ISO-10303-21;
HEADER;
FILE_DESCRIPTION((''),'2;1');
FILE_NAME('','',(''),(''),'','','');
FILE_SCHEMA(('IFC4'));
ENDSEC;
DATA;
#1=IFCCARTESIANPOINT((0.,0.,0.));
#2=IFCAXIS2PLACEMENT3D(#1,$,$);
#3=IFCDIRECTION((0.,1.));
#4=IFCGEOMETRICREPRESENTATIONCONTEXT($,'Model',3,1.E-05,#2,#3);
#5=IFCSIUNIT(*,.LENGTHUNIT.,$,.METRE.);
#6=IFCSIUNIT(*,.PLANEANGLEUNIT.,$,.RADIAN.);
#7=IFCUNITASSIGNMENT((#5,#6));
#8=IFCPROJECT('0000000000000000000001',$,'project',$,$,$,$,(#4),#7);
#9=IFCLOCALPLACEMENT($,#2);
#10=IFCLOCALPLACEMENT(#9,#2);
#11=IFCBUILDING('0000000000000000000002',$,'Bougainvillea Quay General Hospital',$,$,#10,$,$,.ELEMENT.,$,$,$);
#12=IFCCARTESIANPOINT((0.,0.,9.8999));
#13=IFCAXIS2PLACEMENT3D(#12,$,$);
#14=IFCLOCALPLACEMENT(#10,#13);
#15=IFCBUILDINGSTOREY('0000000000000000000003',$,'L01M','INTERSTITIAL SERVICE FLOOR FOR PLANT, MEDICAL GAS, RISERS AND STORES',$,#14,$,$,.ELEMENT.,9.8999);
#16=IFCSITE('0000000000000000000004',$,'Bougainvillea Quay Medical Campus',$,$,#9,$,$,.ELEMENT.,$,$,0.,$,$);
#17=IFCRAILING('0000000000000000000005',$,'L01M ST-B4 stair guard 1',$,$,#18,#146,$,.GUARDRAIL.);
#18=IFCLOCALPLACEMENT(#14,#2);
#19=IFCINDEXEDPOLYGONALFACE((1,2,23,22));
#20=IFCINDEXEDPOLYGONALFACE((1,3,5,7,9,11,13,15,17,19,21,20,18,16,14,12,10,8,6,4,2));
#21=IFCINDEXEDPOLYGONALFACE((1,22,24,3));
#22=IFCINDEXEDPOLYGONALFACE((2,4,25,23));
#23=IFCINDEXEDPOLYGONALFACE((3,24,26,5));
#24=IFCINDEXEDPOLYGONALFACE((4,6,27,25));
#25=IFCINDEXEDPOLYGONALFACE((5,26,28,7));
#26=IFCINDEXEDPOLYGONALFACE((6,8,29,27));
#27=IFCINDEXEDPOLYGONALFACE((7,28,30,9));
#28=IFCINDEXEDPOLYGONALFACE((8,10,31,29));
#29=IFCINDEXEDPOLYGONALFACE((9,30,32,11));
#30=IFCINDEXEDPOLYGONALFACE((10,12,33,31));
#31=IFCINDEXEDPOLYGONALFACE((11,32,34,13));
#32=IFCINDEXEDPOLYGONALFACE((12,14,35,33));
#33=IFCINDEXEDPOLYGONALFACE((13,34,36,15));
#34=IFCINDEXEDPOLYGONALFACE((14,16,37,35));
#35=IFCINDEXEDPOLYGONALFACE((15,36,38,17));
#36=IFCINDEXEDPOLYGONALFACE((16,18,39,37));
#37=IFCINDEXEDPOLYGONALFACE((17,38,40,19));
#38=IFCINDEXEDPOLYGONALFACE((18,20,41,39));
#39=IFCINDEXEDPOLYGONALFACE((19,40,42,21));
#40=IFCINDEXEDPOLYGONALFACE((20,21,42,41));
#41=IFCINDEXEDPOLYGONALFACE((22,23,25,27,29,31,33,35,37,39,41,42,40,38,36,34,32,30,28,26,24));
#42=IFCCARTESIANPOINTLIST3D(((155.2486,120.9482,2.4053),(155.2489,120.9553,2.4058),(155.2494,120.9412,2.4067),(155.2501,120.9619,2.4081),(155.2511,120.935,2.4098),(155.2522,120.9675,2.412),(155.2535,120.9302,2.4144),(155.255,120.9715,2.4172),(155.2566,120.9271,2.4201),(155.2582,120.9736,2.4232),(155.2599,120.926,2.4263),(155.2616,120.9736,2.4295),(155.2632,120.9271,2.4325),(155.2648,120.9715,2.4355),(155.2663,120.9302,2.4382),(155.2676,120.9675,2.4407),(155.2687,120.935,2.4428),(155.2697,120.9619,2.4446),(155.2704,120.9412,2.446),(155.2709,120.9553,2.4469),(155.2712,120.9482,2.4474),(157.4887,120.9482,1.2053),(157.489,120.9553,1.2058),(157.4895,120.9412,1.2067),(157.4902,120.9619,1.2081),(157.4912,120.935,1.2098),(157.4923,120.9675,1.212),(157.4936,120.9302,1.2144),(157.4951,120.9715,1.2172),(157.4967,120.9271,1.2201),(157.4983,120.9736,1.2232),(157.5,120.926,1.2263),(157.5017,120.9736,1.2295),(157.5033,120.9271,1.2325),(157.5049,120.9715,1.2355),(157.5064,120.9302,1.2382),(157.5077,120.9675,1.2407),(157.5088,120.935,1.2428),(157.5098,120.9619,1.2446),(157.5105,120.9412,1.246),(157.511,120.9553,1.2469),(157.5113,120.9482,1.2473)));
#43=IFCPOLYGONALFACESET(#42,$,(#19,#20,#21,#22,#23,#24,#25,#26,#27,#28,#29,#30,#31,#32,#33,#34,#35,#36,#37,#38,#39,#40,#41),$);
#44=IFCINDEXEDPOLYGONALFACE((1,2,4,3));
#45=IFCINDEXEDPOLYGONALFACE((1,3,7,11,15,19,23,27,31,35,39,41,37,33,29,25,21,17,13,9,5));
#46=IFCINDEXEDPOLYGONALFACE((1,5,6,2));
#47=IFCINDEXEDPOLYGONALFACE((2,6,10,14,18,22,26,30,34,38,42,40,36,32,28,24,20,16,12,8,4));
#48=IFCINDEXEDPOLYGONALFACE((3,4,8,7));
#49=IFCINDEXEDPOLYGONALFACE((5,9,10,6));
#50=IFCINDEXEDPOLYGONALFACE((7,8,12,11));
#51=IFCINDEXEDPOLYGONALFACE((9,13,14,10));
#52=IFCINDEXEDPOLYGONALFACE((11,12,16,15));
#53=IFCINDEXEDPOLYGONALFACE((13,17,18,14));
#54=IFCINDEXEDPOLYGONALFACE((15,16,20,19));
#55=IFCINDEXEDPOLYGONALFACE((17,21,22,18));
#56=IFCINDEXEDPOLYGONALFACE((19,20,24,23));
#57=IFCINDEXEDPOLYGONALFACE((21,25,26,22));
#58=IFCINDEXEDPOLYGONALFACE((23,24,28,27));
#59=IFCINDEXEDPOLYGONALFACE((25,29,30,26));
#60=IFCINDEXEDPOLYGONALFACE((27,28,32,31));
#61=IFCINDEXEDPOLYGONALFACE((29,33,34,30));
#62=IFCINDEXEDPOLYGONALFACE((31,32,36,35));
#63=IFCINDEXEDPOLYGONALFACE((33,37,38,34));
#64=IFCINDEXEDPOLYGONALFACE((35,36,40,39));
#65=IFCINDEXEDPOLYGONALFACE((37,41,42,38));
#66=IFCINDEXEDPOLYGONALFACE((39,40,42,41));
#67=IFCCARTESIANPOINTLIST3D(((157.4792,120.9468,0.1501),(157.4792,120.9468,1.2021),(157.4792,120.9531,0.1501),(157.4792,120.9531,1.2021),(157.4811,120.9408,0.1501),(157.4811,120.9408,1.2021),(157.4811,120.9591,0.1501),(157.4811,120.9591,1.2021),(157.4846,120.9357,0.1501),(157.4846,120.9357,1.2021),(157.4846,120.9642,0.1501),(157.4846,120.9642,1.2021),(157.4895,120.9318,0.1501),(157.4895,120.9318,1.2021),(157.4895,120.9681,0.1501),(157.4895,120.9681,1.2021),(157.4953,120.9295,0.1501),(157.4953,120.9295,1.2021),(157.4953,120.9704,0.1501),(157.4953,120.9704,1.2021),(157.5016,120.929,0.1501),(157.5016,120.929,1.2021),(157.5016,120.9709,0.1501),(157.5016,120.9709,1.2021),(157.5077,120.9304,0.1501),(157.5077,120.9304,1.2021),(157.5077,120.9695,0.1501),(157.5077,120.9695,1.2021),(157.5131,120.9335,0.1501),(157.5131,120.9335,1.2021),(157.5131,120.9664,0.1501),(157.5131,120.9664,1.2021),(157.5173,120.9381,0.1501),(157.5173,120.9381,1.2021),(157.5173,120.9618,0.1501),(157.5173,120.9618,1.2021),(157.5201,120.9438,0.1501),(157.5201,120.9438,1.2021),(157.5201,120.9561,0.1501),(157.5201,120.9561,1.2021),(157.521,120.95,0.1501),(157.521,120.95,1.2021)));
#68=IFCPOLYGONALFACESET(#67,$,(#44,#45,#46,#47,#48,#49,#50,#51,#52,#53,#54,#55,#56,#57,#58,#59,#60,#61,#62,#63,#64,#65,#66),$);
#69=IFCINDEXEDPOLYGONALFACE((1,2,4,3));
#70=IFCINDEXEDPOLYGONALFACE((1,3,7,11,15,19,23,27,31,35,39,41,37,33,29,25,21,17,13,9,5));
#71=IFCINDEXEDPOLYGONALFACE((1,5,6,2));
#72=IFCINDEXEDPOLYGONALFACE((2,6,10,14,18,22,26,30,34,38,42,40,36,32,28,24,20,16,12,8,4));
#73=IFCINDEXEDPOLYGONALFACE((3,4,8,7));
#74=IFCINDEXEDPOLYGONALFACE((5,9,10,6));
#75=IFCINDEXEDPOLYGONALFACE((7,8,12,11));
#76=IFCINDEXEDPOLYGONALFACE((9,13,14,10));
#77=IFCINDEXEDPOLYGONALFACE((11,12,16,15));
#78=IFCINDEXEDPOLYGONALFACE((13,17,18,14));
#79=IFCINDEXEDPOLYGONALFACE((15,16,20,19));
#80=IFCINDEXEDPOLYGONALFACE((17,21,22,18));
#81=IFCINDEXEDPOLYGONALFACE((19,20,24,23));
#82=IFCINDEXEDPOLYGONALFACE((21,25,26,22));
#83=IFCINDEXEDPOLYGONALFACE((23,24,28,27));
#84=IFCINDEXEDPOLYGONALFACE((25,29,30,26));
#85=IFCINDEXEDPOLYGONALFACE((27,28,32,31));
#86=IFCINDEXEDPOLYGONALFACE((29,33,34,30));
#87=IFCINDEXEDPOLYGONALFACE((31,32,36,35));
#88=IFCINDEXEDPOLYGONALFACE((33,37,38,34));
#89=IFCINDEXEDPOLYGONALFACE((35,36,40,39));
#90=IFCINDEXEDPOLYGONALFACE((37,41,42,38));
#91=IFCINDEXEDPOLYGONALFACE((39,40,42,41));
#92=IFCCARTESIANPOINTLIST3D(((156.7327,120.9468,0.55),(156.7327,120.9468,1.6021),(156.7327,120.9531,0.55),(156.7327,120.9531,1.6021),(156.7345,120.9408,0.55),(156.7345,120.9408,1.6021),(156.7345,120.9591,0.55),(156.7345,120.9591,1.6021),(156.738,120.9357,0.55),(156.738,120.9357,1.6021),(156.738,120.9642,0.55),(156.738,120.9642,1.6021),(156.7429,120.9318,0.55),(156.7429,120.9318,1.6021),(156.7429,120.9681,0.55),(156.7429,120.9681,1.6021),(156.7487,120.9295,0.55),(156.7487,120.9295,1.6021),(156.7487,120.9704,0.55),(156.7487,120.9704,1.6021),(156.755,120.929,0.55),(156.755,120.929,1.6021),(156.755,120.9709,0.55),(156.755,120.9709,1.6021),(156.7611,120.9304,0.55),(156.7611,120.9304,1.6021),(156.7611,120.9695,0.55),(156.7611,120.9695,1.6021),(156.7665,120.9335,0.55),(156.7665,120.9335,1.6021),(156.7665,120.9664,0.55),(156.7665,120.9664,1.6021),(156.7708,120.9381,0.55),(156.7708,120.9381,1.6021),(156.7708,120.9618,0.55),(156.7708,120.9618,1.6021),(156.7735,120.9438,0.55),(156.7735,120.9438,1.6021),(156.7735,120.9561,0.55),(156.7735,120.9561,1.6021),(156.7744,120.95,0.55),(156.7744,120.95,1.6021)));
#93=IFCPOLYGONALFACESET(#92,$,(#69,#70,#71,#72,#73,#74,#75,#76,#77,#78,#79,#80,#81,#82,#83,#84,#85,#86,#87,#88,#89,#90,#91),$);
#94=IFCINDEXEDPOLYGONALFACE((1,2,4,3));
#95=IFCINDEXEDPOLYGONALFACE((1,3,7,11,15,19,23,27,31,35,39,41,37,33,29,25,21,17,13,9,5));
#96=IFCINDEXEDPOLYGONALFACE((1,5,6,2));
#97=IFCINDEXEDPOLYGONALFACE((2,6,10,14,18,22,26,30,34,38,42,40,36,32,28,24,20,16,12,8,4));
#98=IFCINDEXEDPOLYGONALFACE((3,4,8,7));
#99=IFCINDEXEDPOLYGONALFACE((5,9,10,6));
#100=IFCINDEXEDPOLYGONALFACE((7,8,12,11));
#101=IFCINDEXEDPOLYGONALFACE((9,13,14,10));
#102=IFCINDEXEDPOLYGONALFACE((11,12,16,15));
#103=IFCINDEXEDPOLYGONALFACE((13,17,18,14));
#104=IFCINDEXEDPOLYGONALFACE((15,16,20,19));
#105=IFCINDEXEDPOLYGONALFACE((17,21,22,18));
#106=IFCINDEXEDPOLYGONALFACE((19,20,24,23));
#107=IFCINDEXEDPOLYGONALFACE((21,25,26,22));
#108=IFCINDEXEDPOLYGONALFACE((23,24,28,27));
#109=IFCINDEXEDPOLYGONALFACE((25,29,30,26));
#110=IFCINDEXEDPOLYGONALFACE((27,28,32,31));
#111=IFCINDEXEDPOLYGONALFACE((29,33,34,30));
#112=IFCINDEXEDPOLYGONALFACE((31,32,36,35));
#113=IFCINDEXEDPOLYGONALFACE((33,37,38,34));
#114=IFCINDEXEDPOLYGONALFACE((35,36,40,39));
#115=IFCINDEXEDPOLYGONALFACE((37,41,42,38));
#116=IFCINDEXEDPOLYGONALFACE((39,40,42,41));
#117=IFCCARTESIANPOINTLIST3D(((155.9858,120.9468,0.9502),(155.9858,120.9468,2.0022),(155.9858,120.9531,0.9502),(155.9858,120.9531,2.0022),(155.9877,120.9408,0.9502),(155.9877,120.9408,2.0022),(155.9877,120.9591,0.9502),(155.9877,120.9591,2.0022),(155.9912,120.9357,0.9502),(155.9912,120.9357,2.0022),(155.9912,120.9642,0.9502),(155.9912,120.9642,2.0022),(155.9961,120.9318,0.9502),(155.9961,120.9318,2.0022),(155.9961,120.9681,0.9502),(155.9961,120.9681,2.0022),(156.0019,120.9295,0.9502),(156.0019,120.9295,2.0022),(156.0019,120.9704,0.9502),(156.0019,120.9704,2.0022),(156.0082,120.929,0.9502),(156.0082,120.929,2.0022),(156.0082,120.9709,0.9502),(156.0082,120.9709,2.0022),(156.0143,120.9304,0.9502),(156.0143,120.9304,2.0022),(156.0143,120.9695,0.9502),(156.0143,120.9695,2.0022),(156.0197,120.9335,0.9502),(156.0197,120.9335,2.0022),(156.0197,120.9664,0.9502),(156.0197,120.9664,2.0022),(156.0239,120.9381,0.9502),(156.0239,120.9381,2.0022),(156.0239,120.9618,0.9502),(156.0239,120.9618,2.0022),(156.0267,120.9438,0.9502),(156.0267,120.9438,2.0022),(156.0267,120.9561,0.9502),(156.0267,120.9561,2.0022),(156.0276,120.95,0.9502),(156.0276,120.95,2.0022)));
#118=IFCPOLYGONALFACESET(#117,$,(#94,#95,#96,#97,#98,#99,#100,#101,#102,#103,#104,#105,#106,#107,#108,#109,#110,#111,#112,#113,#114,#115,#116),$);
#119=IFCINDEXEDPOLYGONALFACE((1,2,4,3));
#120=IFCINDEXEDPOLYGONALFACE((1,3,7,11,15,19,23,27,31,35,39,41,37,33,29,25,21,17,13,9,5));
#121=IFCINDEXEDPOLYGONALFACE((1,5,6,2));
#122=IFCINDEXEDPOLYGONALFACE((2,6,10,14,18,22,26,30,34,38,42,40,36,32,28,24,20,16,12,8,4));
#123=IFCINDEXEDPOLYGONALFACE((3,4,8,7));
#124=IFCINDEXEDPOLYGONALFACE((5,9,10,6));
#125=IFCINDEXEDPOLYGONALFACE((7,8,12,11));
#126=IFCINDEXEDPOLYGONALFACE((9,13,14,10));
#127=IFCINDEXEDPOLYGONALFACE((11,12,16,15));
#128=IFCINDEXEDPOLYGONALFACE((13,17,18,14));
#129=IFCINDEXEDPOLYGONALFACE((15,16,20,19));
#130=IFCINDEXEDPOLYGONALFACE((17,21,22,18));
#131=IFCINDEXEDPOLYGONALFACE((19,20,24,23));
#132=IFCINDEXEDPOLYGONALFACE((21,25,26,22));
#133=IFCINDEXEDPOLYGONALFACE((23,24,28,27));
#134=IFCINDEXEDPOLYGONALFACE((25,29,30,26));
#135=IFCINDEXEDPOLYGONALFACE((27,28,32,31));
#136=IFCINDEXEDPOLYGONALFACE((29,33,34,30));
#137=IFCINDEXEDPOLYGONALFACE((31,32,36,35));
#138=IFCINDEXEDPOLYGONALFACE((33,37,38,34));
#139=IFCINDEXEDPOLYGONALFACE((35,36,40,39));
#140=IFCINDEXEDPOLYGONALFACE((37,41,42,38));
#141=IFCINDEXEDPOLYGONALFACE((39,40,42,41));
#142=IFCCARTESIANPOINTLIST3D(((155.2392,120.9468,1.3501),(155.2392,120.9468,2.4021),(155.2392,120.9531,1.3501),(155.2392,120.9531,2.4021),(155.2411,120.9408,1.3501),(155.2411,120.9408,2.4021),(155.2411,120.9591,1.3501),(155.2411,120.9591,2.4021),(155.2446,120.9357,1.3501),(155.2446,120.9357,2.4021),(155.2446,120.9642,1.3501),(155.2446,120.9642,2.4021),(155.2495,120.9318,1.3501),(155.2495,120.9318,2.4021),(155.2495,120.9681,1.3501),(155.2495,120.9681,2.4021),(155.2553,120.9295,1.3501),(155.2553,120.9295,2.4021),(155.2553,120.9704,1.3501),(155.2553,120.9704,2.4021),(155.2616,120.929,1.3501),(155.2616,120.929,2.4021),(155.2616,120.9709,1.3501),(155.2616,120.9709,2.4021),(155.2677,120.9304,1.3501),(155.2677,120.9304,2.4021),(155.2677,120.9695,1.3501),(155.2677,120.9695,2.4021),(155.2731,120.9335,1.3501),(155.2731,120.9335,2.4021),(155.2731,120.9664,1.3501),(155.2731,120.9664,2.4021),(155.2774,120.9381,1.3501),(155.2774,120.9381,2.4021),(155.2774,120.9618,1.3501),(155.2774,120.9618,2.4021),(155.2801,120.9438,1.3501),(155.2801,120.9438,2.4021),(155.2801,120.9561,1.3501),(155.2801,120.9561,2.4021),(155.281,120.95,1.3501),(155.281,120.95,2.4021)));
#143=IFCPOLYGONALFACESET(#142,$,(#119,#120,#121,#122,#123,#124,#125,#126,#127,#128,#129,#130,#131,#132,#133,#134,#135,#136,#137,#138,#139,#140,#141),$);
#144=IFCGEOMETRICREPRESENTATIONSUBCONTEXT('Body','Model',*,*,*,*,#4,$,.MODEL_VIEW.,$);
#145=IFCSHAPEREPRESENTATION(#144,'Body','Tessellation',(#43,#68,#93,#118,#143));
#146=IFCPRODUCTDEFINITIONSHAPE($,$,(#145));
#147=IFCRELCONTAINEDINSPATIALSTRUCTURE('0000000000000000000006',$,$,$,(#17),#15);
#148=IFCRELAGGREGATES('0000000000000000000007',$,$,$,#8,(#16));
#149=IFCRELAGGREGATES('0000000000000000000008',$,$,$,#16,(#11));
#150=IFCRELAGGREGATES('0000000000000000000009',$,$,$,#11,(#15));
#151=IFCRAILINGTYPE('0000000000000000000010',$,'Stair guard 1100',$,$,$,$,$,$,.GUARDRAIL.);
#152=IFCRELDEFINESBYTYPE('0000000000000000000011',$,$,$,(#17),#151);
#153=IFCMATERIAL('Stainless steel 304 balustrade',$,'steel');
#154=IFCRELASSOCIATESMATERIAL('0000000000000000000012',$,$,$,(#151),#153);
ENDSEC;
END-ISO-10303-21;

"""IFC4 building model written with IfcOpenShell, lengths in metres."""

from ifc_helpers import new_model, si_unit, direction, frame, origin, origin_2d, place, context, subcontext, project, spatial, circle, extrude, material, type_object, element, save


model = new_model("IFC4")

# Units and contexts
model_context = context("Model", 3, precision=1e-05, world=origin(), true_north=direction((0.0, 1.0)))
body_context = subcontext(model_context, "Body", "Model", "MODEL_VIEW")
ifc_project = project(units=[si_unit("LENGTHUNIT", "METRE"), si_unit("PLANEANGLEUNIT", "RADIAN")], contexts=[model_context])

# Site, building, storey
site_placement = place(None, origin())
site = spatial("IfcSite", under=ifc_project, at=site_placement, Name="Bougainvillea Quay Medical Campus", CompositionType="ELEMENT", RefElevation=0.0)
building_placement = place(site_placement, origin())
building = spatial("IfcBuilding", under=site, at=building_placement, Name="Bougainvillea Quay General Hospital", CompositionType="ELEMENT")
storey_placement = place(building_placement, frame((0.0, 0.0, 9.8999)))
storey = spatial("IfcBuildingStorey", under=building, at=storey_placement, Name="L01M", Description="INTERSTITIAL SERVICE FLOOR FOR PLANT, MEDICAL GAS, RISERS AND STORES", CompositionType="ELEMENT", Elevation=9.8999)

# Railing
ifc_material_1 = material(Name="Stainless steel 304 balustrade", Category="steel")
railing_type_1 = type_object("IfcRailingType", Name="Stair guard 1100", PredefinedType="GUARDRAIL", material=ifc_material_1)
railing_1_placement = place(storey_placement, frame((157.5, 120.95, 0.1501)))
element("IfcRailing", 1, at=railing_1_placement, inside=storey, type_object=railing_type_1, Name="L01M ST-B4 stair guard 1", PredefinedType="GUARDRAIL", context=body_context, shape_type="SweptSolid", body=[
    extrude(circle(Radius=0.0239, at=origin_2d()), frame((0.0, 0.0, 1.0762), z_axis=(-0.881487, 0.0, 0.472208), x_axis=(0.0, -1.0, 0.0)), (0.0, 0.0, 1.0), 2.5413),
    extrude(circle(Radius=0.021, at=origin_2d()), origin(), (0.0, 0.0, 1.0), 1.052),
    extrude(circle(Radius=0.021, at=origin_2d()), frame((-0.7466, 0.0, 0.3999)), (0.0, 0.0, 1.0), 1.052),
    extrude(circle(Radius=0.021, at=origin_2d()), frame((-1.4934, 0.0, 0.8)), (0.0, 0.0, 1.0), 1.052),
    extrude(circle(Radius=0.021, at=origin_2d()), frame((-2.24, 0.0, 1.2)), (0.0, 0.0, 1.0), 1.052),
])

save(model, "model.ifc")
